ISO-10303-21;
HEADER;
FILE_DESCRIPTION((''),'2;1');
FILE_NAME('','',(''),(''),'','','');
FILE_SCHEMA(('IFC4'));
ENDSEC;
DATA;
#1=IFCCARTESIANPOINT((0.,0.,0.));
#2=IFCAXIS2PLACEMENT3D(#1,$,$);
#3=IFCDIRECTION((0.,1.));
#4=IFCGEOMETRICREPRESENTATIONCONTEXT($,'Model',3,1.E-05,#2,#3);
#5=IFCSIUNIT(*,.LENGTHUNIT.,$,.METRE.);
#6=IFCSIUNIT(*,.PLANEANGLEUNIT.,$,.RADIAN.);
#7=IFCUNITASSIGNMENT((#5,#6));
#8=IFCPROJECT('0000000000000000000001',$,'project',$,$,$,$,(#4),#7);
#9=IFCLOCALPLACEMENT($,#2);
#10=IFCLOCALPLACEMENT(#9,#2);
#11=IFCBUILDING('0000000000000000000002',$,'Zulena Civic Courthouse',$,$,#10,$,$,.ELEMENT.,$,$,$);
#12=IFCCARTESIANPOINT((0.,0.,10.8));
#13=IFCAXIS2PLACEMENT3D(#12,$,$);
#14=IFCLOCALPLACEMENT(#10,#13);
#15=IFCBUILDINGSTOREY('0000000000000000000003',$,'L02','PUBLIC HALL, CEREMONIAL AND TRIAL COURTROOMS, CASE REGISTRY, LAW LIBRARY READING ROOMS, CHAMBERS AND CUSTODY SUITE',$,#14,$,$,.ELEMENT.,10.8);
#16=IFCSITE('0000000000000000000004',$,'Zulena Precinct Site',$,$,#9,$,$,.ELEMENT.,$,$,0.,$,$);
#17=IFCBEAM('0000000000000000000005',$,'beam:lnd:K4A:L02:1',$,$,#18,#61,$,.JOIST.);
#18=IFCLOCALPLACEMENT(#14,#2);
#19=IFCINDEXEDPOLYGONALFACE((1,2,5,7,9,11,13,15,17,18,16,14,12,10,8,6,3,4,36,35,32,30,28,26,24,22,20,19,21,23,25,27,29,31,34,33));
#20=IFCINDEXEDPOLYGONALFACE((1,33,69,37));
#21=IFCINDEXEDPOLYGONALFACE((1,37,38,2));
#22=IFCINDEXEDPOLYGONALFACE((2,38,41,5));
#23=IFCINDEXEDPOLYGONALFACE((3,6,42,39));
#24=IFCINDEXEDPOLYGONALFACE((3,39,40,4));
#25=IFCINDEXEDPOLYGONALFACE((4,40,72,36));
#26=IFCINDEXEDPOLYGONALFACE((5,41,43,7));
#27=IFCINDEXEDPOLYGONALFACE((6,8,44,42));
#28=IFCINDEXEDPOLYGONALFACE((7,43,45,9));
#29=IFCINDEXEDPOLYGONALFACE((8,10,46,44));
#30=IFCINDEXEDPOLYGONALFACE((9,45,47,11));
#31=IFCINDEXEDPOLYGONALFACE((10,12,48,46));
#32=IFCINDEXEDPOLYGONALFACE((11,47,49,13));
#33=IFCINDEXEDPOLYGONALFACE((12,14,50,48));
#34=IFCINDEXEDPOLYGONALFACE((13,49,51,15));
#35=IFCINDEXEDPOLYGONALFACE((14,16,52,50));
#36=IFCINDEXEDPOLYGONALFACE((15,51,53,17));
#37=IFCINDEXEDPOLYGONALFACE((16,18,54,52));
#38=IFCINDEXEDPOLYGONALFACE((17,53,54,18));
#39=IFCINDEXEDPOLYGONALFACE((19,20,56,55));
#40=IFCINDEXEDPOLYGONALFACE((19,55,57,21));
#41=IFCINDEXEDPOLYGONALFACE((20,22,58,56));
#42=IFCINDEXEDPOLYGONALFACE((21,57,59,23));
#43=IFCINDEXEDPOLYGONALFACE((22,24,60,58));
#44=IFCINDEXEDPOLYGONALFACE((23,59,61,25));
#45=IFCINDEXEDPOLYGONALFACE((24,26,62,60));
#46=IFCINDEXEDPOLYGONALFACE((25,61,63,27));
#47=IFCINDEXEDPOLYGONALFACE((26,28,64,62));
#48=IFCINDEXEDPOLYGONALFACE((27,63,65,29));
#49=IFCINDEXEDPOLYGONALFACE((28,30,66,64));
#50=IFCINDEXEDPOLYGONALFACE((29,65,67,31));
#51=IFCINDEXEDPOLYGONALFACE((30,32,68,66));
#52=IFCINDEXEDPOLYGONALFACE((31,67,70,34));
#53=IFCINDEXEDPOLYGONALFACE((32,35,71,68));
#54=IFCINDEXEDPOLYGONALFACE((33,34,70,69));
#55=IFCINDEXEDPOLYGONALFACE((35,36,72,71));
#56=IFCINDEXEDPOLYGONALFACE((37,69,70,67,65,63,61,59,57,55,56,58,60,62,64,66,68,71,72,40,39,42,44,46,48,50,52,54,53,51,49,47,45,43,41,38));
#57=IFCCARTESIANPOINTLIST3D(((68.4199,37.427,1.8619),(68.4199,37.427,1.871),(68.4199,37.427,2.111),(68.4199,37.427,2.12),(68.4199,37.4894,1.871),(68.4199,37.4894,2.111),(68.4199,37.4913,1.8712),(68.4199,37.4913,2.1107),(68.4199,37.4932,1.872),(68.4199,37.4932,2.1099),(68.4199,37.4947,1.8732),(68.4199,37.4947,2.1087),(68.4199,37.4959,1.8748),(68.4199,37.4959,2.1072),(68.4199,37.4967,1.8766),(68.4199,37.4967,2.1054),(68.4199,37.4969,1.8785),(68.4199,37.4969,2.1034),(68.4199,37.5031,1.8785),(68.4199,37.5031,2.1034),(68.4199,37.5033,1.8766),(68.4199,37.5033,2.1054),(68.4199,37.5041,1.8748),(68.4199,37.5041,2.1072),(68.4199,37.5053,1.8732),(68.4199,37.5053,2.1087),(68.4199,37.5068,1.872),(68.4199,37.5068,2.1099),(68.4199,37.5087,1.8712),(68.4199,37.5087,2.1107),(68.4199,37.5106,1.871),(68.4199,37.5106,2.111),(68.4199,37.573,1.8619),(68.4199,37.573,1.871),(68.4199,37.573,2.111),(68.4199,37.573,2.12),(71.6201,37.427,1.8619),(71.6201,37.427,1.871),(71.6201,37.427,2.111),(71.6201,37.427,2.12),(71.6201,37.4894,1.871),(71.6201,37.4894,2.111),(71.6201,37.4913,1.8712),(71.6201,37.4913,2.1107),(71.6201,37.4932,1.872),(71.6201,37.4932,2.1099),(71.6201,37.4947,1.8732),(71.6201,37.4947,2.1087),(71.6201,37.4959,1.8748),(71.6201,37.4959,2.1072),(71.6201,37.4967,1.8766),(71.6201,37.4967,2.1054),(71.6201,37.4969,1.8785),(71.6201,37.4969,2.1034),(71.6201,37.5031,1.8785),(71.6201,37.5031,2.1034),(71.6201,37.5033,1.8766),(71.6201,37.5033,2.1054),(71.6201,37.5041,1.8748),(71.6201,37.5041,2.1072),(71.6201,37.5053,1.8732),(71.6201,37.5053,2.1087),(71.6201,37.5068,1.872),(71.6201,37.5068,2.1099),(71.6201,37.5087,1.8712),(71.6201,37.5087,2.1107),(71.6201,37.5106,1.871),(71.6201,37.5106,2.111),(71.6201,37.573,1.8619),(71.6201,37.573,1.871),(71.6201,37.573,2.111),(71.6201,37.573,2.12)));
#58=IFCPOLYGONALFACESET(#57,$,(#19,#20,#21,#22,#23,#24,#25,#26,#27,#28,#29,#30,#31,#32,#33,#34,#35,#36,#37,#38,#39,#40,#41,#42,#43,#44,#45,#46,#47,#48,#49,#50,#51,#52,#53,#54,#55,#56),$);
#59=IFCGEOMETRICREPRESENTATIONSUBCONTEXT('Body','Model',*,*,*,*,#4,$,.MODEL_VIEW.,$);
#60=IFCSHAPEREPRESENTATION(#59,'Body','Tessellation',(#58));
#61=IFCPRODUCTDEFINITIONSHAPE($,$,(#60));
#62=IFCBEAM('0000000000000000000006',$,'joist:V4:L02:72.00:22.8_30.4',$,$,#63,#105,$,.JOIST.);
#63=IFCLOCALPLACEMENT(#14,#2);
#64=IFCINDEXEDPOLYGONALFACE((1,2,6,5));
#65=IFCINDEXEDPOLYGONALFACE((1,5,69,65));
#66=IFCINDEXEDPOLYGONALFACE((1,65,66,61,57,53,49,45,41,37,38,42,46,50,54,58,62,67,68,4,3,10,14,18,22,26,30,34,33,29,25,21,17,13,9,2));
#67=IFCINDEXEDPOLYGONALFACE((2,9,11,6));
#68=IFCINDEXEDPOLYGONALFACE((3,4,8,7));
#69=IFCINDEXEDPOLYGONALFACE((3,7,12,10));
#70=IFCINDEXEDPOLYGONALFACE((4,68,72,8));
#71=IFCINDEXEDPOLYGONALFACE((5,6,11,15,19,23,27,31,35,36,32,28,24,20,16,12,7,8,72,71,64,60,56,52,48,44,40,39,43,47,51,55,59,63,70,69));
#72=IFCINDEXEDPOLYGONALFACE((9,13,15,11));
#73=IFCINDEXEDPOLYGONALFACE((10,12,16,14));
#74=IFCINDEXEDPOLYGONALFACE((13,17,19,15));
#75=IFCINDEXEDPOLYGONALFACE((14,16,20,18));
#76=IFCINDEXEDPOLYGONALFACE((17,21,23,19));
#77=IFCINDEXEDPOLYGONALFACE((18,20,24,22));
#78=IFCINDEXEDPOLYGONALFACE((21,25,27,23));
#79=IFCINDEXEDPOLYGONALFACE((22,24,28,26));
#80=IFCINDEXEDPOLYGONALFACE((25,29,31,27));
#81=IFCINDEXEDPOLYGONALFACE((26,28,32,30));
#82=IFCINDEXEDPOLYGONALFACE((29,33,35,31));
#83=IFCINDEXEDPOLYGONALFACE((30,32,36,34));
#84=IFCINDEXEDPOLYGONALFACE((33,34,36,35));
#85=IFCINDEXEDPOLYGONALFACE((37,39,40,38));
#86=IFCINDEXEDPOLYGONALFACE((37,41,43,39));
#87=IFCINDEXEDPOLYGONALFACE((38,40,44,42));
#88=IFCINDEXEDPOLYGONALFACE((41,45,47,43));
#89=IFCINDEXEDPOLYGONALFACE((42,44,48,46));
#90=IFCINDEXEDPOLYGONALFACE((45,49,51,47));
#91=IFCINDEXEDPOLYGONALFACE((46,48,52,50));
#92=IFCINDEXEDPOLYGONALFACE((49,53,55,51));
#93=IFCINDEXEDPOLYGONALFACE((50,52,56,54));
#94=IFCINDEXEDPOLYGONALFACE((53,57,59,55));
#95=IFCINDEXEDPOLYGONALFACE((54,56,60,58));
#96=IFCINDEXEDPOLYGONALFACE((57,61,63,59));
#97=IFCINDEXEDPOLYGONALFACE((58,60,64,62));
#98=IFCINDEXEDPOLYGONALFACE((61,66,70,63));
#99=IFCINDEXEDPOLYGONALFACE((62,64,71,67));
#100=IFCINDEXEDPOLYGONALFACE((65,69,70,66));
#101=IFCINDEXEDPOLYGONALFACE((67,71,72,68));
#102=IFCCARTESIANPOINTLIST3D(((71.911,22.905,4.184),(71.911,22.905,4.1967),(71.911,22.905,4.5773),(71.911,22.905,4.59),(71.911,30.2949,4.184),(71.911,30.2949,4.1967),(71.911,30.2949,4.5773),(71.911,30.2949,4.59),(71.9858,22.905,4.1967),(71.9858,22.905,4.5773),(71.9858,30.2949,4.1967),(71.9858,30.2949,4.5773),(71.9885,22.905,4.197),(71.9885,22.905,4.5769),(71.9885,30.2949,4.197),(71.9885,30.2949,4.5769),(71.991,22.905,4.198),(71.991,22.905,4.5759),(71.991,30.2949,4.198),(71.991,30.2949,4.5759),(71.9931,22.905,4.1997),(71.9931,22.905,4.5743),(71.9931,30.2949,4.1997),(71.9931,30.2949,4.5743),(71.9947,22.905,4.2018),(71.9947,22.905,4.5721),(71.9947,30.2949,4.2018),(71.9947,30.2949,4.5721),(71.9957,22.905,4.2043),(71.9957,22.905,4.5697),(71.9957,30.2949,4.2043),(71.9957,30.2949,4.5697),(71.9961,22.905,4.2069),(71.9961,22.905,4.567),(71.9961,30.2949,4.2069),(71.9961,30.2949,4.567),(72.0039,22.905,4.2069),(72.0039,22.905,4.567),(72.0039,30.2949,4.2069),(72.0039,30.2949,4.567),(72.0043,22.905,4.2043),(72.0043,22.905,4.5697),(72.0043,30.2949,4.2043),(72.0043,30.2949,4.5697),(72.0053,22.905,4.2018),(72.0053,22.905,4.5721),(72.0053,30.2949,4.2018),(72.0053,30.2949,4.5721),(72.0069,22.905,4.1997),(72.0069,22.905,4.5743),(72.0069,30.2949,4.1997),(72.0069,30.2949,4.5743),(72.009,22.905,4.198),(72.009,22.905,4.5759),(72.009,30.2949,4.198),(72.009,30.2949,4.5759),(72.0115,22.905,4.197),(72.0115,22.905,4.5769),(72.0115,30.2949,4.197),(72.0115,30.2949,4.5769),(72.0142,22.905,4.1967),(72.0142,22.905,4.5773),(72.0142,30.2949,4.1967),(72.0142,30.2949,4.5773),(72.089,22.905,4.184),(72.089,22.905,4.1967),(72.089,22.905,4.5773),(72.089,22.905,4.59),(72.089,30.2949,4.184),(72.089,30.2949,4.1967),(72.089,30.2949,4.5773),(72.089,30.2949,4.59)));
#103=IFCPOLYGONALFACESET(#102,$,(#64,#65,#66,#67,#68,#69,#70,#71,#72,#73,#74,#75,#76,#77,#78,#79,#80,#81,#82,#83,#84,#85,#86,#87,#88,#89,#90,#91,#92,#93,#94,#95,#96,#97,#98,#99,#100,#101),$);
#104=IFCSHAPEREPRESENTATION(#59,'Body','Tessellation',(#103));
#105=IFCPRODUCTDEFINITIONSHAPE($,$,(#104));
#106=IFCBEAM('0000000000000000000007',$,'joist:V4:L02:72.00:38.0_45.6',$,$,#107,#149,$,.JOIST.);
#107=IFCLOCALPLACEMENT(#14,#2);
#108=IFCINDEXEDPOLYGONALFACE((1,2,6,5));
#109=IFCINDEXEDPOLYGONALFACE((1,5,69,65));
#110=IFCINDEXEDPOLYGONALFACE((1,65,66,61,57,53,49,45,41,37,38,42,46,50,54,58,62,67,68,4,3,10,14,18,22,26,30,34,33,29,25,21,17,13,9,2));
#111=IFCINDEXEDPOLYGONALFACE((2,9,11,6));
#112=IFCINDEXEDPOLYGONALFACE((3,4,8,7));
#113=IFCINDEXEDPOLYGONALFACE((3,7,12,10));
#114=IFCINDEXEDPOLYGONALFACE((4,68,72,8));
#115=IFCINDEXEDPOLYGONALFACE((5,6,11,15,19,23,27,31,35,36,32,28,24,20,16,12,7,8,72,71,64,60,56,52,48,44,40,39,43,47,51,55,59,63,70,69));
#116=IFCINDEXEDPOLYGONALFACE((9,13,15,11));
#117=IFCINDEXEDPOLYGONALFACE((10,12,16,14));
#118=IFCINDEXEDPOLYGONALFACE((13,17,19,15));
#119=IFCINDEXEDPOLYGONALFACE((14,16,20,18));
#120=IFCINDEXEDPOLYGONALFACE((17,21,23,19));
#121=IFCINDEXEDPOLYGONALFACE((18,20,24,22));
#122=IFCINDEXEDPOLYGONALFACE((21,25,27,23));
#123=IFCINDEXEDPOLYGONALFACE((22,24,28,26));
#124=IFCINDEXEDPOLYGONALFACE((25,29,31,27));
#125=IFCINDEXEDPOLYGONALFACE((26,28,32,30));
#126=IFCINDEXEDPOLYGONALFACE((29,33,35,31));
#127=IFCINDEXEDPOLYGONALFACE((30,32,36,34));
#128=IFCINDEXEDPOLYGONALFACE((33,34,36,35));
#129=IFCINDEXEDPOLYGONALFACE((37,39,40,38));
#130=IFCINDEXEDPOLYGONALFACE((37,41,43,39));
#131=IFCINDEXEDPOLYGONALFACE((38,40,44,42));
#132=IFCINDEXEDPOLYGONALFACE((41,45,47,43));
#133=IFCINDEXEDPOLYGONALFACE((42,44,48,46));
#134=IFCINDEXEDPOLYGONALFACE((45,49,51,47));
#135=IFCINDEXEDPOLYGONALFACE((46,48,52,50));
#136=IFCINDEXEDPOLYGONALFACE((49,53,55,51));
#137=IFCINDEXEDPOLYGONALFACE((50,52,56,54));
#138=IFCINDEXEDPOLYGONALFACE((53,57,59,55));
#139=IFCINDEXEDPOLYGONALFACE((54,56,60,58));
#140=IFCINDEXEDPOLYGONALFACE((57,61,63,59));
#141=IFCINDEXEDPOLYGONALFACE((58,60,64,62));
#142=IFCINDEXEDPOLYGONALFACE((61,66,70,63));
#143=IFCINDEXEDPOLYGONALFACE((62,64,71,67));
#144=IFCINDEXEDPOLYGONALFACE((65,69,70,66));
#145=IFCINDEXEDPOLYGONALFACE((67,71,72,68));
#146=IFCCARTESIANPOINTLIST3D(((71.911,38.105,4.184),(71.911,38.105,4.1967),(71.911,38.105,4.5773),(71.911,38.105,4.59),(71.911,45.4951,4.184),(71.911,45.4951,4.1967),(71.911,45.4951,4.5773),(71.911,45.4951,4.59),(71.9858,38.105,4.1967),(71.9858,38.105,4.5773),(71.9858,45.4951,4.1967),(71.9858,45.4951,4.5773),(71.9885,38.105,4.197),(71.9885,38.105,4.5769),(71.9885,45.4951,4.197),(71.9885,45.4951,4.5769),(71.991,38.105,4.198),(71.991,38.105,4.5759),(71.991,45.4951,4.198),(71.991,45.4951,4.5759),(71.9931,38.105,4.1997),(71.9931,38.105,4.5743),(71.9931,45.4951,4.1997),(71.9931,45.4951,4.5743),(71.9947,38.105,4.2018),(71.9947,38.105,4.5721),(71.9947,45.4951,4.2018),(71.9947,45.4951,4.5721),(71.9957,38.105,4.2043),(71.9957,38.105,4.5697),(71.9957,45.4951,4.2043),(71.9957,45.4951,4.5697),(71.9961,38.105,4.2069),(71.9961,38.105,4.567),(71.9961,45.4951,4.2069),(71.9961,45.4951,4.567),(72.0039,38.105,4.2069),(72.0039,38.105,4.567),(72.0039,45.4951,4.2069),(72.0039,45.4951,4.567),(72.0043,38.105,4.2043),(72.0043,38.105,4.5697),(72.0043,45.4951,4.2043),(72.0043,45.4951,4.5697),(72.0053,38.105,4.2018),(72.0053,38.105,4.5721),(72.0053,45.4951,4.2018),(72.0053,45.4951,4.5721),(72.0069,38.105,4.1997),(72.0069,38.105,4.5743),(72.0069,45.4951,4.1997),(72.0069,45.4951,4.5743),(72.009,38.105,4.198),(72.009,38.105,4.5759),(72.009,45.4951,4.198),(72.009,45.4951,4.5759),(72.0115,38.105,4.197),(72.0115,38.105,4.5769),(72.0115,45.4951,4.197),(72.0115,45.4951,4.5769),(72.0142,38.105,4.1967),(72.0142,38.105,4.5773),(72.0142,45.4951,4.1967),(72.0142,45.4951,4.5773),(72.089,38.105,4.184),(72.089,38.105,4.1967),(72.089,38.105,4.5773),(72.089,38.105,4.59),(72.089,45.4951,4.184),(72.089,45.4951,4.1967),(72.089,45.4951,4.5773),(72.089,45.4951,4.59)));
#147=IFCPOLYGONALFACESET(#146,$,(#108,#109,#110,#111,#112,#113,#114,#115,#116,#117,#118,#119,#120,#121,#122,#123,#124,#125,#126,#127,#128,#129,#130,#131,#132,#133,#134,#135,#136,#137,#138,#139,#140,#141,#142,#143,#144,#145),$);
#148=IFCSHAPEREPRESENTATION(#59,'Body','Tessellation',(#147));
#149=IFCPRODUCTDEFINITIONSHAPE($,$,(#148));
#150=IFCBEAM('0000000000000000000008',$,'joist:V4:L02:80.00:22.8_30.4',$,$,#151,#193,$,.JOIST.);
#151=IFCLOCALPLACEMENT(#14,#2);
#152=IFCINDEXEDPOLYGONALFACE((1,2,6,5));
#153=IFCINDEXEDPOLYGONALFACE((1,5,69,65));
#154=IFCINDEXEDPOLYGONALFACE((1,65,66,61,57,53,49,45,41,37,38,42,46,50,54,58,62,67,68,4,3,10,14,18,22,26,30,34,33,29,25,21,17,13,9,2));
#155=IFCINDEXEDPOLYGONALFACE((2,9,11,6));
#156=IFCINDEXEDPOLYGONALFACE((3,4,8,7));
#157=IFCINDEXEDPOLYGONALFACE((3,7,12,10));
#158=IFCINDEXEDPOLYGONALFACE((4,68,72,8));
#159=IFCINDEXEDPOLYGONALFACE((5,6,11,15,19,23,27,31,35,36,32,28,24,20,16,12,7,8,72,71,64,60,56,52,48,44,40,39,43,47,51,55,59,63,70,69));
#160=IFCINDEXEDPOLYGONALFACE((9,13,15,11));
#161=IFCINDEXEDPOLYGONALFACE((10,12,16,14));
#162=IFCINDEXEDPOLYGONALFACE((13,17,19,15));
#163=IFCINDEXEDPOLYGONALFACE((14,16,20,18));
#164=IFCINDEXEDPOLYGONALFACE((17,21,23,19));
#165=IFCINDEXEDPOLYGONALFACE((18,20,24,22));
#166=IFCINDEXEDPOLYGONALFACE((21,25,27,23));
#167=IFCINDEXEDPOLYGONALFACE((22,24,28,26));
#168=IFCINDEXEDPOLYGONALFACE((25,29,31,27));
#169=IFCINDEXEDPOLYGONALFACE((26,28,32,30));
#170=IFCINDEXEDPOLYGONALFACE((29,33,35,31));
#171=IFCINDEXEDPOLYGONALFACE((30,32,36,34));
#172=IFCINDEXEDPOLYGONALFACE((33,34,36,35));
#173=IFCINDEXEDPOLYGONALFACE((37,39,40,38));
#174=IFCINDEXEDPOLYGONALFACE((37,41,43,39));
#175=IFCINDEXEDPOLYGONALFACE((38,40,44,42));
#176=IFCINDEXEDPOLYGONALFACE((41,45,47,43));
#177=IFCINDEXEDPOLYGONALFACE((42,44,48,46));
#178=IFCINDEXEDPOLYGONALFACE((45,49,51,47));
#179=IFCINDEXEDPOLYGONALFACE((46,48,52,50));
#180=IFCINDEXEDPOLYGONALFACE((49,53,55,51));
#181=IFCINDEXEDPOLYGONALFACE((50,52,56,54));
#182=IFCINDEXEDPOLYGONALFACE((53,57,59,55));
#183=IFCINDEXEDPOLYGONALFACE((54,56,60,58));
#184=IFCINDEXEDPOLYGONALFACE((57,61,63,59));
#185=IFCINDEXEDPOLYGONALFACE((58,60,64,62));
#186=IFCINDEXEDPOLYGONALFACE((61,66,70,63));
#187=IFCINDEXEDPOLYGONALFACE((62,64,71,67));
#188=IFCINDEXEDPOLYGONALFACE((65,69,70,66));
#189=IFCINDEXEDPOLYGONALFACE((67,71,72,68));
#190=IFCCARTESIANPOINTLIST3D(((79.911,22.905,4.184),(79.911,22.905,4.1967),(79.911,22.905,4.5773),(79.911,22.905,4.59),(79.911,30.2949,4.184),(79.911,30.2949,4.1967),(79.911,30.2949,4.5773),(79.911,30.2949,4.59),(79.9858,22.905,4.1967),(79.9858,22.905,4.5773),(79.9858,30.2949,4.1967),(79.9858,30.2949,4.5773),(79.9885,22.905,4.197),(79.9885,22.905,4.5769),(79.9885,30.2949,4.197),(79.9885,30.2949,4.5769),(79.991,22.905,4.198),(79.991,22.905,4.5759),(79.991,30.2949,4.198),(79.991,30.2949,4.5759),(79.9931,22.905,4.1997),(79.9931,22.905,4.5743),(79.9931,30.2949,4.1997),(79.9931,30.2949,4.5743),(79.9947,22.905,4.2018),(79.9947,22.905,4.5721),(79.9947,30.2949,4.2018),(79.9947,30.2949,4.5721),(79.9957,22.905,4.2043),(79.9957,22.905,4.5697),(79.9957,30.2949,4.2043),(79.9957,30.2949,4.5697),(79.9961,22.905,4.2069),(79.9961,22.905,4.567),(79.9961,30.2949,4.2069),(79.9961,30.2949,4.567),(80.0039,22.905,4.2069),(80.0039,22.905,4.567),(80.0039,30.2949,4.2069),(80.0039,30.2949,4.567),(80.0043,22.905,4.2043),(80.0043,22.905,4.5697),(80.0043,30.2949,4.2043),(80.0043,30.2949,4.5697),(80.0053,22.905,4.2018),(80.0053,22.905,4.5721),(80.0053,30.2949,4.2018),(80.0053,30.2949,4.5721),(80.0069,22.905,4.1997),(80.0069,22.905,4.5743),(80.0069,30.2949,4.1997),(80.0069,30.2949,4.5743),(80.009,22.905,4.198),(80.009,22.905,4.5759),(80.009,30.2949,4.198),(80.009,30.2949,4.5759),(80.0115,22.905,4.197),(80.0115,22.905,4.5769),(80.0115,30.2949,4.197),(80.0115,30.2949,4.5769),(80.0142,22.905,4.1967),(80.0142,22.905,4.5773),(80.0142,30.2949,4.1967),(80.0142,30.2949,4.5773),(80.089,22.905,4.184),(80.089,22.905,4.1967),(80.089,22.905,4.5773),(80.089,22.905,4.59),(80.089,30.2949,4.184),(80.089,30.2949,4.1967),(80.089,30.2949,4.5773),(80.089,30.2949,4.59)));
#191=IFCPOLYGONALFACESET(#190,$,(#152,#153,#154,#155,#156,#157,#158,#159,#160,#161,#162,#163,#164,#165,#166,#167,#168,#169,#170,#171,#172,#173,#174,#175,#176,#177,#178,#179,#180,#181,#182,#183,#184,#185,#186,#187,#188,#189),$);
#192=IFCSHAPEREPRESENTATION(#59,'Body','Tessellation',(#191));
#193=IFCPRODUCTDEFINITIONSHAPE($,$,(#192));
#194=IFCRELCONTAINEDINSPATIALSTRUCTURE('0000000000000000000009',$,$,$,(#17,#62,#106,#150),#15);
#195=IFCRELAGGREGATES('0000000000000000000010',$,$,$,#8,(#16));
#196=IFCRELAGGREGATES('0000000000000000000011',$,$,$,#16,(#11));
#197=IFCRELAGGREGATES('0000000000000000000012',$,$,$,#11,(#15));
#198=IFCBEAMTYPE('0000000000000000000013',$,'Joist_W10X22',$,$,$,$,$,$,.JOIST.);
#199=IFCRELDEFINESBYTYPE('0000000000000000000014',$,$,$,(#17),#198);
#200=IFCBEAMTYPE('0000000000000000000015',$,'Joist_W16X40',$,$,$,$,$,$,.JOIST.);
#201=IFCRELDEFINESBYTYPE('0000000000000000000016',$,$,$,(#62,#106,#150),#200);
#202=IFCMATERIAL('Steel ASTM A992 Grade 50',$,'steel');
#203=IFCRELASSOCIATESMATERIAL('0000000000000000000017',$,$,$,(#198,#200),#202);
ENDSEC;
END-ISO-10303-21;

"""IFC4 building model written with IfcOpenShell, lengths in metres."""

from ifc_helpers import new_model, si_unit, direction, frame, origin, origin_2d, place, context, subcontext, project, spatial, i_section, extrude, material, material_profile, profile_set, type_object, element, save


model = new_model("IFC4")

# Units and contexts
model_context = context("Model", 3, precision=1e-05, world=origin(), true_north=direction((0.0, 1.0)))
body_context = subcontext(model_context, "Body", "Model", "MODEL_VIEW")
ifc_project = project(units=[si_unit("LENGTHUNIT", "METRE"), si_unit("PLANEANGLEUNIT", "RADIAN")], contexts=[model_context])

# Site, building, storey
site_placement = place(None, origin())
site = spatial("IfcSite", under=ifc_project, at=site_placement, Name="Zulena Precinct Site", CompositionType="ELEMENT", RefElevation=0.0)
building_placement = place(site_placement, origin())
building = spatial("IfcBuilding", under=site, at=building_placement, Name="Zulena Civic Courthouse", CompositionType="ELEMENT")
storey_placement = place(building_placement, frame((0.0, 0.0, 10.8)))
storey = spatial("IfcBuildingStorey", under=building, at=storey_placement, Name="L02", Description="PUBLIC HALL, CEREMONIAL AND TRIAL COURTROOMS, CASE REGISTRY, LAW LIBRARY READING ROOMS, CHAMBERS AND CUSTODY SUITE", CompositionType="ELEMENT", Elevation=10.8)

# Shared definitions
ifc_material_1 = material(Name="Steel ASTM A992 Grade 50", Category="steel")

# Beams
ifc_material_profile_1 = material_profile(ifc_material_1, i_section(OverallWidth=0.146, OverallDepth=0.2581, WebThickness=0.0061, FlangeThickness=0.009, FilletRadius=0.0076, at=origin_2d()), Name="W10X22")
ifc_profile_set_1 = profile_set([ifc_material_profile_1], Name="Steel ASTM A992 Grade 50")
beam_type_1 = type_object("IfcBeamType", Name="Joist_W10X22", PredefinedType="JOIST", material=ifc_profile_set_1)
beam_1_placement = place(storey_placement, frame((68.4199, 37.5, 1.991), z_axis=(1.0, 0.0, 0.0), x_axis=(0.0, 1.0, 0.0)))
element("IfcBeam", 1, at=beam_1_placement, inside=storey, type_object=beam_type_1, Name="beam:lnd:K4A:L02:1", PredefinedType="JOIST", context=body_context, shape_type="SweptSolid", body=[
    extrude(i_section(OverallWidth=0.146, OverallDepth=0.2581, WebThickness=0.0061, FlangeThickness=0.009, FilletRadius=0.0076, at=origin_2d()), origin(), (0.0, 0.0, 1.0), 3.2002),
])
ifc_material_profile_2 = material_profile(ifc_material_1, i_section(OverallWidth=0.178, OverallDepth=0.406, WebThickness=0.0078, FlangeThickness=0.0127, FilletRadius=0.0103, at=origin_2d()), Name="W16X40")
ifc_profile_set_2 = profile_set([ifc_material_profile_2], Name="Steel ASTM A992 Grade 50")
beam_type_2 = type_object("IfcBeamType", Name="Joist_W16X40", PredefinedType="JOIST", material=ifc_profile_set_2)
beam_2_placement = place(storey_placement, frame((72.0, 22.905, 4.387), z_axis=(0.0, 1.0, 0.0), x_axis=(-1.0, 0.0, 0.0)))
element("IfcBeam", 2, at=beam_2_placement, inside=storey, type_object=beam_type_2, Name="joist:V4:L02:72.00:22.8_30.4", PredefinedType="JOIST", context=body_context, shape_type="SweptSolid", body=[
    extrude(i_section(OverallWidth=0.178, OverallDepth=0.406, WebThickness=0.0078, FlangeThickness=0.0127, FilletRadius=0.0103, at=origin_2d()), origin(), (0.0, 0.0, 1.0), 7.3899),
])
beam_3_placement = place(storey_placement, frame((72.0, 38.105, 4.387), z_axis=(0.0, 1.0, 0.0), x_axis=(-1.0, 0.0, 0.0)))
element("IfcBeam", 3, at=beam_3_placement, inside=storey, type_object=beam_type_2, Name="joist:V4:L02:72.00:38.0_45.6", PredefinedType="JOIST", context=body_context, shape_type="SweptSolid", body=[
    extrude(i_section(OverallWidth=0.178, OverallDepth=0.406, WebThickness=0.0078, FlangeThickness=0.0127, FilletRadius=0.0103, at=origin_2d()), origin(), (0.0, 0.0, 1.0), 7.3901),
])
beam_4_placement = place(storey_placement, frame((80.0, 22.905, 4.387), z_axis=(0.0, 1.0, 0.0), x_axis=(-1.0, 0.0, 0.0)))
element("IfcBeam", 4, at=beam_4_placement, inside=storey, type_object=beam_type_2, Name="joist:V4:L02:80.00:22.8_30.4", PredefinedType="JOIST", context=body_context, shape_type="SweptSolid", body=[
    extrude(i_section(OverallWidth=0.178, OverallDepth=0.406, WebThickness=0.0078, FlangeThickness=0.0127, FilletRadius=0.0103, at=origin_2d()), origin(), (0.0, 0.0, 1.0), 7.3899),
])

save(model, "model.ifc")
